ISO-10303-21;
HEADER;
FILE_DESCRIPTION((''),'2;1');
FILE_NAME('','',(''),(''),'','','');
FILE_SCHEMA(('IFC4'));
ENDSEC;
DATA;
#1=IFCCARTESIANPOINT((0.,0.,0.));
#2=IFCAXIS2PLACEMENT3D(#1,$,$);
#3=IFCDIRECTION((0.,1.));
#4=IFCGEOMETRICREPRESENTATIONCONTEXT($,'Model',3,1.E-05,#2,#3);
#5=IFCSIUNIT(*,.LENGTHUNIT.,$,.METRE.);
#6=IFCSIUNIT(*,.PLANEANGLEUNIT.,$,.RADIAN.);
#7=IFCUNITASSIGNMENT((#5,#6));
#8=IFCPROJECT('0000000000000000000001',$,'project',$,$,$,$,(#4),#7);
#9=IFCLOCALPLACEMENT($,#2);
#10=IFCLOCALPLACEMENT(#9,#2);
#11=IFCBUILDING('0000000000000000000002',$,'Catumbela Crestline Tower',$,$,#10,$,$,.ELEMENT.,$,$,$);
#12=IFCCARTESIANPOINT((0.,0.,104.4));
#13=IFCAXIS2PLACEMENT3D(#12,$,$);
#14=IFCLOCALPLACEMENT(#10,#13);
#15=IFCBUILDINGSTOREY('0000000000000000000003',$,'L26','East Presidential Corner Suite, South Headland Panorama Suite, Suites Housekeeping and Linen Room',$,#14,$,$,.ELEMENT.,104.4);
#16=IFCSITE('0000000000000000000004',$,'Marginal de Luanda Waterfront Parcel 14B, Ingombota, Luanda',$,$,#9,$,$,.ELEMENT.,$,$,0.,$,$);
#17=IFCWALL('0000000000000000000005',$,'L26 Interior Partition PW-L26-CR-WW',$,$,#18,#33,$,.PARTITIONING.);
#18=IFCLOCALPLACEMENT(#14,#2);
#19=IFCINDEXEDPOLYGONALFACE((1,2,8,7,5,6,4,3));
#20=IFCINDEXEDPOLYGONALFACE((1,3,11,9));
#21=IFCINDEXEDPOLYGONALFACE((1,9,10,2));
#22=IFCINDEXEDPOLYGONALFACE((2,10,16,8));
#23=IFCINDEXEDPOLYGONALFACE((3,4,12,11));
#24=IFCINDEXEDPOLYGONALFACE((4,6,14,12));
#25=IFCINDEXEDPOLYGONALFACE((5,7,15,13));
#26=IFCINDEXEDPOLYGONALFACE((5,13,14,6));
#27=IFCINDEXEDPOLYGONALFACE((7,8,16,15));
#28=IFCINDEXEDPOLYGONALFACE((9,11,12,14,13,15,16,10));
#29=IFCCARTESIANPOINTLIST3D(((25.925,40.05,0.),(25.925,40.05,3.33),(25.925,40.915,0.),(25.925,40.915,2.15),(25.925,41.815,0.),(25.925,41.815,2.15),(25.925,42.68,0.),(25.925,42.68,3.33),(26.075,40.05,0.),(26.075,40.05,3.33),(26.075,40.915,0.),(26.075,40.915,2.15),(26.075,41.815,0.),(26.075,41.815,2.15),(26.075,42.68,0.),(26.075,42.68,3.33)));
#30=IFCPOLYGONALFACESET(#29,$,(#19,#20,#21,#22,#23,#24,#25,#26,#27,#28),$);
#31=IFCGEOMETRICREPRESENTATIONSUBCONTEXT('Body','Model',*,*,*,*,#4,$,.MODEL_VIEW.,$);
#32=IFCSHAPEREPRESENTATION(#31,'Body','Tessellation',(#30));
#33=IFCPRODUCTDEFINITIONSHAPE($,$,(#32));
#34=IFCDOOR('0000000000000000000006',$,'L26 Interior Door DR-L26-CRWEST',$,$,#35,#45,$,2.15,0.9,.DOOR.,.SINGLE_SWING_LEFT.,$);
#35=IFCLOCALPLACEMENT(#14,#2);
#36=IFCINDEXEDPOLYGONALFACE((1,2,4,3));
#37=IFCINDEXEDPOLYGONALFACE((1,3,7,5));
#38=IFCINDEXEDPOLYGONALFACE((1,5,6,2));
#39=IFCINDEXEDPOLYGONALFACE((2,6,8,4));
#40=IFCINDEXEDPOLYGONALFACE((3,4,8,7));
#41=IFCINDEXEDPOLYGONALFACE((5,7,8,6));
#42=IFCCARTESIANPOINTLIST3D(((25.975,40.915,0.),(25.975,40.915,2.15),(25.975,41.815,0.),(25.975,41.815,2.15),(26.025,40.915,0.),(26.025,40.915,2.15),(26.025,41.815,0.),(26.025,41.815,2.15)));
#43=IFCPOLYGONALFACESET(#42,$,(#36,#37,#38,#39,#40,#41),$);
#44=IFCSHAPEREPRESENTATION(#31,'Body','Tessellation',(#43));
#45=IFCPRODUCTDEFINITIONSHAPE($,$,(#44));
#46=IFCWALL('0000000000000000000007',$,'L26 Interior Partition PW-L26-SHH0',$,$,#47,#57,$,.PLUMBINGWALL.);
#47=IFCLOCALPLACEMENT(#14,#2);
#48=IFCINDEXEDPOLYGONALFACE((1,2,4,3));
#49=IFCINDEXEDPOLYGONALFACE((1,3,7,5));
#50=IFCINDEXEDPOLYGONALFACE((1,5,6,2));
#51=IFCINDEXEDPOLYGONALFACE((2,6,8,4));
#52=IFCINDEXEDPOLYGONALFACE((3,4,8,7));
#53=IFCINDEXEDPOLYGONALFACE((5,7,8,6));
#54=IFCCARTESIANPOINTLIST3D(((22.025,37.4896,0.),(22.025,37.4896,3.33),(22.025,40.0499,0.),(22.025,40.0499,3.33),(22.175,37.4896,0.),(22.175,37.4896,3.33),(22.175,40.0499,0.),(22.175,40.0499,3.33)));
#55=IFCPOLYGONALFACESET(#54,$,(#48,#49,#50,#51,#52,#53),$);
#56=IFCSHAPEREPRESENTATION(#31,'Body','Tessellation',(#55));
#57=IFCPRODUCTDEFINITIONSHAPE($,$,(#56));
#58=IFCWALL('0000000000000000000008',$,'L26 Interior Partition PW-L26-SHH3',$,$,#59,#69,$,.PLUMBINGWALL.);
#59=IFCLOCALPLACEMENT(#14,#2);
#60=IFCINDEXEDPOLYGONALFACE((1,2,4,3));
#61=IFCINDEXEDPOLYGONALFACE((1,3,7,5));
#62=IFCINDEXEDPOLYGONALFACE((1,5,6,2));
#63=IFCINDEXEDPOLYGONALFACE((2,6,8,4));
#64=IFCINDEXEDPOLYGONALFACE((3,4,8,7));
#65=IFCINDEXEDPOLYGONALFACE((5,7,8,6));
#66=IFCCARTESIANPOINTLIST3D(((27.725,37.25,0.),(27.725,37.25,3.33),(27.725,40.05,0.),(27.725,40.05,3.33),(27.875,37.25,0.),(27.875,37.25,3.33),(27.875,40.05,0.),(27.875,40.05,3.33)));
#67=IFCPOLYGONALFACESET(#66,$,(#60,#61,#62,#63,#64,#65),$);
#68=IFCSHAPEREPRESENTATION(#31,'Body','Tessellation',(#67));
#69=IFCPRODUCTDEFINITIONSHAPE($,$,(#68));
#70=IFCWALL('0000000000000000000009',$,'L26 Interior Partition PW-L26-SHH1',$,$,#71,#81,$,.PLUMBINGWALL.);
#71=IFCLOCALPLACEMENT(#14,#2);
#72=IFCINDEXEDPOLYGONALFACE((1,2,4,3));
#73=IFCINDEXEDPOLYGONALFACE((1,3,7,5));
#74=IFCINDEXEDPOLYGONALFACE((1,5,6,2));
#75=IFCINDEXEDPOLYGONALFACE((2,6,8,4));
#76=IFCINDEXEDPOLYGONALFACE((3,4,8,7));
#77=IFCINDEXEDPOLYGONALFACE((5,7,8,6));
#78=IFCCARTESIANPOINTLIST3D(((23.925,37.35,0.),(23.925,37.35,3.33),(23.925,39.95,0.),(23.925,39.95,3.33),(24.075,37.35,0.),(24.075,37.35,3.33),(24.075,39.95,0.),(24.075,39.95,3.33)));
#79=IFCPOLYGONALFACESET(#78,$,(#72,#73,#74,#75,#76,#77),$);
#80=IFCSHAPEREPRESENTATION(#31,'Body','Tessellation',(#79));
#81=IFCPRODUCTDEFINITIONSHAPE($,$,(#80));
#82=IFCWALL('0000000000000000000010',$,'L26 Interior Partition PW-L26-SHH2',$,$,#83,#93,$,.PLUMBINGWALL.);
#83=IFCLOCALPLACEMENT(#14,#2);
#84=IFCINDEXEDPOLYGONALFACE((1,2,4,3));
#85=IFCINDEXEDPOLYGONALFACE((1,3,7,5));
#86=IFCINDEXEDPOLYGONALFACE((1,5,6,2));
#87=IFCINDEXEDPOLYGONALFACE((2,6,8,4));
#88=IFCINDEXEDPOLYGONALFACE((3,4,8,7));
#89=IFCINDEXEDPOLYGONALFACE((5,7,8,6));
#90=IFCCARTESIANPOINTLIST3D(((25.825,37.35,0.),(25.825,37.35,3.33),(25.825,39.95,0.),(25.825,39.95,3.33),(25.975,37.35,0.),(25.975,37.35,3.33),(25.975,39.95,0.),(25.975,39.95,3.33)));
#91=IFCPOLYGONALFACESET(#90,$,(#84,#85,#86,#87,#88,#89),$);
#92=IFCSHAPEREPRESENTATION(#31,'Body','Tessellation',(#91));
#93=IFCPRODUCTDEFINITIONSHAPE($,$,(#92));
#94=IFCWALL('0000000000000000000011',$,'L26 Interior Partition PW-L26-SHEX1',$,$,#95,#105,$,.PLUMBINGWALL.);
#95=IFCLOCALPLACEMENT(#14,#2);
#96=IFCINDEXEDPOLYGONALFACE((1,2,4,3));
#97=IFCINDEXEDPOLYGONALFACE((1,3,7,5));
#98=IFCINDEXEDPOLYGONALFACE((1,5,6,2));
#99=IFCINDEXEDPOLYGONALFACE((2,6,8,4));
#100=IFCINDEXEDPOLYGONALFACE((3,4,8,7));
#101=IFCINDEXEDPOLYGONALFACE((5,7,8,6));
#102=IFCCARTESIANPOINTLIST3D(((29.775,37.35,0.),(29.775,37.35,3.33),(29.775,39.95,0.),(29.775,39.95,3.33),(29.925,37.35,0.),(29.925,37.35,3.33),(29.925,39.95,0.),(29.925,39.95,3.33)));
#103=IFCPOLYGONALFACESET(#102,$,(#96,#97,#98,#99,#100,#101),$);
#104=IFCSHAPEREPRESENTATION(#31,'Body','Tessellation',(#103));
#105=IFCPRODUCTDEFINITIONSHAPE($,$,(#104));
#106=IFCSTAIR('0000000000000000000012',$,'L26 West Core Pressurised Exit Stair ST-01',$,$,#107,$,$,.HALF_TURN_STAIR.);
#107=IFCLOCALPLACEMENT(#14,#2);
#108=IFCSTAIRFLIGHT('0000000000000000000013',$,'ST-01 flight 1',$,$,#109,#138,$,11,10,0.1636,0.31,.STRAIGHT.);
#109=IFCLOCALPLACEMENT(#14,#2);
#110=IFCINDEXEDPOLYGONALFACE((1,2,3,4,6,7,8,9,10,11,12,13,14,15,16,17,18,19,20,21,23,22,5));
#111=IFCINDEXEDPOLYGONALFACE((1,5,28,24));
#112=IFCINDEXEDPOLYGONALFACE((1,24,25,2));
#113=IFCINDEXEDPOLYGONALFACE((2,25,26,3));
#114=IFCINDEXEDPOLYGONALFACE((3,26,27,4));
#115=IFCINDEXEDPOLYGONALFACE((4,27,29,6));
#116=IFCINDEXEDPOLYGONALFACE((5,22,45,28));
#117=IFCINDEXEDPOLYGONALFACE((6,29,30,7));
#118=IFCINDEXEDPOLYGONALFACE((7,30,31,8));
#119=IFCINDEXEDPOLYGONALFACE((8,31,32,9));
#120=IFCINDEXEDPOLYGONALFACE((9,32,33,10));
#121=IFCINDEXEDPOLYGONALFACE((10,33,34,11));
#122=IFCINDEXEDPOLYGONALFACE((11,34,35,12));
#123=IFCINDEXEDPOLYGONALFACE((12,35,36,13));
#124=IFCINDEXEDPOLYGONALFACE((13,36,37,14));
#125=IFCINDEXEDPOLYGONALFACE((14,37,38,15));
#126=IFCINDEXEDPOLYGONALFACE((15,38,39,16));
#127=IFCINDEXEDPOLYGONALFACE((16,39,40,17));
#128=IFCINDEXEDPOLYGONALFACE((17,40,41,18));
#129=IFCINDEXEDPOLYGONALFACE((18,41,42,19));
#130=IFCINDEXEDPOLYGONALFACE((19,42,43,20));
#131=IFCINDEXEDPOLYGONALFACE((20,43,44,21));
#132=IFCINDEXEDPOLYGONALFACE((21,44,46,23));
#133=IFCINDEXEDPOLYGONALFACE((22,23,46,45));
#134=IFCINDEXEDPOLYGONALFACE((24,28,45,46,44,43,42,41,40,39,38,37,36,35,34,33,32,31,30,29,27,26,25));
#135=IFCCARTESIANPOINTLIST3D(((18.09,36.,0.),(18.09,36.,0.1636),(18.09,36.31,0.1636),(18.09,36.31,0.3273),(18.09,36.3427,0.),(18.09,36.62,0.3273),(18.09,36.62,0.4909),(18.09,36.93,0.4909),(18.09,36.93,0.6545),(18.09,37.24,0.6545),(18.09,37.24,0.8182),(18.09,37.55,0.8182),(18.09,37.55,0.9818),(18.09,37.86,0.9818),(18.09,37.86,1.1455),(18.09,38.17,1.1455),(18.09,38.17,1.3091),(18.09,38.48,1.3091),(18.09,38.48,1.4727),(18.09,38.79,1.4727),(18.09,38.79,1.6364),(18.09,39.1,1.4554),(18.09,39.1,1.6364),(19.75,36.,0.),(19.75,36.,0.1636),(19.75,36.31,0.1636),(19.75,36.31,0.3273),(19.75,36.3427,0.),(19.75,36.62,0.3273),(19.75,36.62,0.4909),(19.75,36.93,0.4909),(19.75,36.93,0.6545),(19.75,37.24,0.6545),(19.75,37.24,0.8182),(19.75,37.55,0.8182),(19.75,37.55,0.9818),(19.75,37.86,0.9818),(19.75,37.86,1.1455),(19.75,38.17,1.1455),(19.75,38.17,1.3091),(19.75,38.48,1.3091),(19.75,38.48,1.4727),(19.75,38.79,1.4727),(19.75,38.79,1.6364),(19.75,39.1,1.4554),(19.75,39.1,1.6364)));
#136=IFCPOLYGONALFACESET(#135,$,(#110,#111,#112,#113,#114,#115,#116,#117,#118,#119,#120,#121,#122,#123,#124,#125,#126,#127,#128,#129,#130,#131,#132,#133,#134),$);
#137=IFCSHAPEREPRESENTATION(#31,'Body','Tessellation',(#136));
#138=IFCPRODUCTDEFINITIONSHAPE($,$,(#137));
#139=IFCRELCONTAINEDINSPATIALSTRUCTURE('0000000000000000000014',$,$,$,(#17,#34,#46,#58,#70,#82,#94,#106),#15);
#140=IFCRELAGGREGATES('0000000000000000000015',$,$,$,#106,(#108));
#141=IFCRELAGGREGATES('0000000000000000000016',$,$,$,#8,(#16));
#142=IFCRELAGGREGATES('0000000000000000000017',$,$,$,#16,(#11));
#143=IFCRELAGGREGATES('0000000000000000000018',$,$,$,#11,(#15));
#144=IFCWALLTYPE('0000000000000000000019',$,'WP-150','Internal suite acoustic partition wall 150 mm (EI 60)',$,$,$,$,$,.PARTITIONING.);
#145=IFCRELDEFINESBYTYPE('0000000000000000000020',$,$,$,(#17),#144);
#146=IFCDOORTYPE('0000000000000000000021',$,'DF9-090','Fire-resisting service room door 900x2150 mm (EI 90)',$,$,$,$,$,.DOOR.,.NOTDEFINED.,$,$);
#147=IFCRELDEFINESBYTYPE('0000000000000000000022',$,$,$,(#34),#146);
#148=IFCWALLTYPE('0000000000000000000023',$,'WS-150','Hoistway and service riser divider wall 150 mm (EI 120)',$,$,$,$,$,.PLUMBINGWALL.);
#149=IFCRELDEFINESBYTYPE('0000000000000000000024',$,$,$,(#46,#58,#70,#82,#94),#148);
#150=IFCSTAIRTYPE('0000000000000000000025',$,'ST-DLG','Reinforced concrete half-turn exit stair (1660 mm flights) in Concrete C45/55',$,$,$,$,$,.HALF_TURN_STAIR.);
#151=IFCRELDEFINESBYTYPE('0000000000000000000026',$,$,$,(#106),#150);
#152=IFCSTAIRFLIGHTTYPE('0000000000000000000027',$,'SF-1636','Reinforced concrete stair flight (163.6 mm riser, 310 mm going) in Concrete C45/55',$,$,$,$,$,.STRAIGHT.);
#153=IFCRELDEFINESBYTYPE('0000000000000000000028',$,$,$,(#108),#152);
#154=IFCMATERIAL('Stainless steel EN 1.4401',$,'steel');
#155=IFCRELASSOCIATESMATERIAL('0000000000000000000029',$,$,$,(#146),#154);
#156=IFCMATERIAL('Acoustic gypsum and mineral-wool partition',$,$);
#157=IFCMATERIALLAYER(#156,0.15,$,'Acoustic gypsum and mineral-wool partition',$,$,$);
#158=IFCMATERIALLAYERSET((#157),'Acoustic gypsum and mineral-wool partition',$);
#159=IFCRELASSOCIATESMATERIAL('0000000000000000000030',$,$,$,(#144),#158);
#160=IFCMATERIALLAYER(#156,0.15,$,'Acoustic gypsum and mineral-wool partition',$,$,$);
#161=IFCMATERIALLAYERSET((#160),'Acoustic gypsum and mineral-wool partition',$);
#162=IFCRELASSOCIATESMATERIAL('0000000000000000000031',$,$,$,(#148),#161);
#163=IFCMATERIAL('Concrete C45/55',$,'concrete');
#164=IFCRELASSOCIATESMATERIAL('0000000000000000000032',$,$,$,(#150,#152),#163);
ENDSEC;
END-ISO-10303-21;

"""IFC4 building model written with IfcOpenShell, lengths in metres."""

from ifc_helpers import new_model, si_unit, direction, frame, frame_2d, origin, place, context, subcontext, project, spatial, polyline, rectangle, outline, extrude, material, layer, layer_set, type_object, element, fill, aggregate, save


model = new_model("IFC4")

# Units and contexts
model_context = context("Model", 3, precision=1e-05, world=origin(), true_north=direction((0.0, 1.0)))
body_context = subcontext(model_context, "Body", "Model", "MODEL_VIEW")
ifc_project = project(units=[si_unit("LENGTHUNIT", "METRE"), si_unit("PLANEANGLEUNIT", "RADIAN")], contexts=[model_context])

# Site, building, storey
site_placement = place(None, origin())
site = spatial("IfcSite", under=ifc_project, at=site_placement, Name="Marginal de Luanda Waterfront Parcel 14B, Ingombota, Luanda", CompositionType="ELEMENT", RefElevation=0.0)
building_placement = place(site_placement, origin())
building = spatial("IfcBuilding", under=site, at=building_placement, Name="Catumbela Crestline Tower", CompositionType="ELEMENT")
storey_placement = place(building_placement, frame((0.0, 0.0, 104.4)))
storey = spatial("IfcBuildingStorey", under=building, at=storey_placement, Name="L26", Description="East Presidential Corner Suite, South Headland Panorama Suite, Suites Housekeeping and Linen Room", CompositionType="ELEMENT", Elevation=104.4)

# Shared definitions
ifc_material_1 = material(Name="Stainless steel EN 1.4401", Category="steel")

# Shared definitions
door_type_1 = type_object("IfcDoorType", Name="DF9-090", Description="Fire-resisting service room door 900x2150 mm (EI 90)", OperationType="NOTDEFINED", PredefinedType="DOOR", material=ifc_material_1)

# Wall, opening, door
ifc_material_2 = material(Name="Acoustic gypsum and mineral-wool partition")
ifc_layer_1 = layer(ifc_material_2, 0.15, Name="Acoustic gypsum and mineral-wool partition")
ifc_layer_set_1 = layer_set([ifc_layer_1], Name="Acoustic gypsum and mineral-wool partition")
wall_type_1 = type_object("IfcWallType", Name="WP-150", Description="Internal suite acoustic partition wall 150 mm (EI 60)", PredefinedType="PARTITIONING", material=ifc_layer_set_1)
wall_1_placement = place(storey_placement, frame((26.0, 40.05, 0.0), z_axis=(0.0, 0.0, 1.0), x_axis=(0.0, 1.0, 0.0)))
wall_1 = element("IfcWall", 1, at=wall_1_placement, inside=storey, type_object=wall_type_1, Name="L26 Interior Partition PW-L26-CR-WW", PredefinedType="PARTITIONING", context=body_context, shape_type="SweptSolid", body=[
    extrude(rectangle(XDim=2.63, YDim=0.15, at=frame_2d((1.315, 0.0))), origin(), (0.0, 0.0, 1.0), 3.33),
])
opening_1_placement = place(wall_1_placement, frame((0.865, 0.0, 0.0)))
opening_1 = element("IfcOpeningElement", 2, at=opening_1_placement, cuts=wall_1, PredefinedType="OPENING", context=body_context, shape_type="SweptSolid", body=[
    extrude(rectangle(XDim=0.9, YDim=2.15, at=frame_2d((0.45, 1.075))), frame((0.0, 0.085, 0.0), z_axis=(0.0, -1.0, 0.0), x_axis=(1.0, 0.0, 0.0)), (0.0, 0.0, 1.0), 0.17),
])
door_1_placement = place(opening_1_placement, origin())
door_1 = element("IfcDoor", 3, at=door_1_placement, inside=storey, type_object=door_type_1, Name="L26 Interior Door DR-L26-CRWEST", OperationType="SINGLE_SWING_LEFT", OverallHeight=2.15, OverallWidth=0.9, PredefinedType="DOOR", context=body_context, shape_type="SweptSolid", body=[
    extrude(rectangle(XDim=0.9, YDim=2.15, at=frame_2d((0.45, 1.075))), frame((0.0, 0.025, 0.0), z_axis=(0.0, -1.0, 0.0), x_axis=(1.0, 0.0, 0.0)), (0.0, 0.0, 1.0), 0.05),
])
fill(opening_1, door_1)

# Walls
ifc_layer_2 = layer(ifc_material_2, 0.15, Name="Acoustic gypsum and mineral-wool partition")
ifc_layer_set_2 = layer_set([ifc_layer_2], Name="Acoustic gypsum and mineral-wool partition")
wall_type_2 = type_object("IfcWallType", Name="WS-150", Description="Hoistway and service riser divider wall 150 mm (EI 120)", PredefinedType="PLUMBINGWALL", material=ifc_layer_set_2)
wall_2_placement = place(storey_placement, frame((22.1, 37.4897, 0.0), z_axis=(0.0, 0.0, 1.0), x_axis=(0.0, 1.0, 0.0)))
element("IfcWall", 4, at=wall_2_placement, inside=storey, type_object=wall_type_2, Name="L26 Interior Partition PW-L26-SHH0", PredefinedType="PLUMBINGWALL", context=body_context, shape_type="SweptSolid", body=[
    extrude(rectangle(XDim=2.5603, YDim=0.15, at=frame_2d((1.2801, 0.0))), origin(), (0.0, 0.0, 1.0), 3.33),
])
wall_3_placement = place(storey_placement, frame((27.8, 37.25, 0.0), z_axis=(0.0, 0.0, 1.0), x_axis=(0.0, 1.0, 0.0)))
element("IfcWall", 5, at=wall_3_placement, inside=storey, type_object=wall_type_2, Name="L26 Interior Partition PW-L26-SHH3", PredefinedType="PLUMBINGWALL", context=body_context, shape_type="SweptSolid", body=[
    extrude(rectangle(XDim=2.8, YDim=0.15, at=frame_2d((1.4, 0.0))), origin(), (0.0, 0.0, 1.0), 3.33),
])
for number, where, z_axis, x_axis, name in (
    (6, (24.0, 37.35, 0.0), (0.0, 0.0, 1.0), (0.0, 1.0, 0.0), "L26 Interior Partition PW-L26-SHH1"),
    (7, (25.9, 37.35, 0.0), (0.0, 0.0, 1.0), (0.0, 1.0, 0.0), "L26 Interior Partition PW-L26-SHH2"),
    (8, (29.85, 37.35, 0.0), (0.0, 0.0, 1.0), (0.0, 1.0, 0.0), "L26 Interior Partition PW-L26-SHEX1"),
):
    element("IfcWall", number, at=place(storey_placement, frame(where, z_axis=z_axis, x_axis=x_axis)), inside=storey, type_object=wall_type_2, Name=name, PredefinedType="PLUMBINGWALL", context=body_context, shape_type="SweptSolid", body=[
        extrude(rectangle(XDim=2.6, YDim=0.15, at=frame_2d((1.3, 0.0))), origin(), (0.0, 0.0, 1.0), 3.33),
    ])

# Stair, stair flight
ifc_material_3 = material(Name="Concrete C45/55", Category="concrete")
stair_type = type_object("IfcStairType", Name="ST-DLG", Description="Reinforced concrete half-turn exit stair (1660 mm flights) in Concrete C45/55", PredefinedType="HALF_TURN_STAIR", material=ifc_material_3)
stair_placement = place(storey_placement, origin())
stair = element("IfcStair", 9, at=stair_placement, inside=storey, type_object=stair_type, Name="L26 West Core Pressurised Exit Stair ST-01", PredefinedType="HALF_TURN_STAIR")
stair_flight_type = type_object("IfcStairFlightType", Name="SF-1636", Description="Reinforced concrete stair flight (163.6 mm riser, 310 mm going) in Concrete C45/55", PredefinedType="STRAIGHT", material=ifc_material_3)
stair_flight_placement = place(storey_placement, frame((18.92, 36.0, 0.0), z_axis=(0.0, 0.0, 1.0), x_axis=(0.0, 1.0, 0.0)))
stair_flight = element("IfcStairFlight", 10, at=stair_flight_placement, type_object=stair_flight_type, Name="ST-01 flight 1", NumberOfRisers=11, NumberOfTreads=10, PredefinedType="STRAIGHT", RiserHeight=0.1636, TreadLength=0.31, context=body_context, shape_type="SweptSolid", body=[
    extrude(outline(polyline([(0.0, 0.0), (0.0, 0.1636), (0.31, 0.1636), (0.31, 0.3273), (0.62, 0.3273), (0.62, 0.4909), (0.93, 0.4909), (0.93, 0.6545), (1.24, 0.6545), (1.24, 0.8182), (1.55, 0.8182), (1.55, 0.9818), (1.86, 0.9818), (1.86, 1.1455), (2.17, 1.1455), (2.17, 1.3091), (2.48, 1.3091), (2.48, 1.4727), (2.79, 1.4727), (2.79, 1.6364), (3.1, 1.6364), (3.1, 1.8), (3.1, 1.4554), (0.3427, 0.0), (0.0, 0.0)])), frame((0.0, 0.83, 0.0), z_axis=(0.0, -1.0, 0.0), x_axis=(1.0, 0.0, 0.0)), (0.0, 0.0, 1.0), 1.66),
])
aggregate(stair, [stair_flight])

save(model, "model.ifc")
